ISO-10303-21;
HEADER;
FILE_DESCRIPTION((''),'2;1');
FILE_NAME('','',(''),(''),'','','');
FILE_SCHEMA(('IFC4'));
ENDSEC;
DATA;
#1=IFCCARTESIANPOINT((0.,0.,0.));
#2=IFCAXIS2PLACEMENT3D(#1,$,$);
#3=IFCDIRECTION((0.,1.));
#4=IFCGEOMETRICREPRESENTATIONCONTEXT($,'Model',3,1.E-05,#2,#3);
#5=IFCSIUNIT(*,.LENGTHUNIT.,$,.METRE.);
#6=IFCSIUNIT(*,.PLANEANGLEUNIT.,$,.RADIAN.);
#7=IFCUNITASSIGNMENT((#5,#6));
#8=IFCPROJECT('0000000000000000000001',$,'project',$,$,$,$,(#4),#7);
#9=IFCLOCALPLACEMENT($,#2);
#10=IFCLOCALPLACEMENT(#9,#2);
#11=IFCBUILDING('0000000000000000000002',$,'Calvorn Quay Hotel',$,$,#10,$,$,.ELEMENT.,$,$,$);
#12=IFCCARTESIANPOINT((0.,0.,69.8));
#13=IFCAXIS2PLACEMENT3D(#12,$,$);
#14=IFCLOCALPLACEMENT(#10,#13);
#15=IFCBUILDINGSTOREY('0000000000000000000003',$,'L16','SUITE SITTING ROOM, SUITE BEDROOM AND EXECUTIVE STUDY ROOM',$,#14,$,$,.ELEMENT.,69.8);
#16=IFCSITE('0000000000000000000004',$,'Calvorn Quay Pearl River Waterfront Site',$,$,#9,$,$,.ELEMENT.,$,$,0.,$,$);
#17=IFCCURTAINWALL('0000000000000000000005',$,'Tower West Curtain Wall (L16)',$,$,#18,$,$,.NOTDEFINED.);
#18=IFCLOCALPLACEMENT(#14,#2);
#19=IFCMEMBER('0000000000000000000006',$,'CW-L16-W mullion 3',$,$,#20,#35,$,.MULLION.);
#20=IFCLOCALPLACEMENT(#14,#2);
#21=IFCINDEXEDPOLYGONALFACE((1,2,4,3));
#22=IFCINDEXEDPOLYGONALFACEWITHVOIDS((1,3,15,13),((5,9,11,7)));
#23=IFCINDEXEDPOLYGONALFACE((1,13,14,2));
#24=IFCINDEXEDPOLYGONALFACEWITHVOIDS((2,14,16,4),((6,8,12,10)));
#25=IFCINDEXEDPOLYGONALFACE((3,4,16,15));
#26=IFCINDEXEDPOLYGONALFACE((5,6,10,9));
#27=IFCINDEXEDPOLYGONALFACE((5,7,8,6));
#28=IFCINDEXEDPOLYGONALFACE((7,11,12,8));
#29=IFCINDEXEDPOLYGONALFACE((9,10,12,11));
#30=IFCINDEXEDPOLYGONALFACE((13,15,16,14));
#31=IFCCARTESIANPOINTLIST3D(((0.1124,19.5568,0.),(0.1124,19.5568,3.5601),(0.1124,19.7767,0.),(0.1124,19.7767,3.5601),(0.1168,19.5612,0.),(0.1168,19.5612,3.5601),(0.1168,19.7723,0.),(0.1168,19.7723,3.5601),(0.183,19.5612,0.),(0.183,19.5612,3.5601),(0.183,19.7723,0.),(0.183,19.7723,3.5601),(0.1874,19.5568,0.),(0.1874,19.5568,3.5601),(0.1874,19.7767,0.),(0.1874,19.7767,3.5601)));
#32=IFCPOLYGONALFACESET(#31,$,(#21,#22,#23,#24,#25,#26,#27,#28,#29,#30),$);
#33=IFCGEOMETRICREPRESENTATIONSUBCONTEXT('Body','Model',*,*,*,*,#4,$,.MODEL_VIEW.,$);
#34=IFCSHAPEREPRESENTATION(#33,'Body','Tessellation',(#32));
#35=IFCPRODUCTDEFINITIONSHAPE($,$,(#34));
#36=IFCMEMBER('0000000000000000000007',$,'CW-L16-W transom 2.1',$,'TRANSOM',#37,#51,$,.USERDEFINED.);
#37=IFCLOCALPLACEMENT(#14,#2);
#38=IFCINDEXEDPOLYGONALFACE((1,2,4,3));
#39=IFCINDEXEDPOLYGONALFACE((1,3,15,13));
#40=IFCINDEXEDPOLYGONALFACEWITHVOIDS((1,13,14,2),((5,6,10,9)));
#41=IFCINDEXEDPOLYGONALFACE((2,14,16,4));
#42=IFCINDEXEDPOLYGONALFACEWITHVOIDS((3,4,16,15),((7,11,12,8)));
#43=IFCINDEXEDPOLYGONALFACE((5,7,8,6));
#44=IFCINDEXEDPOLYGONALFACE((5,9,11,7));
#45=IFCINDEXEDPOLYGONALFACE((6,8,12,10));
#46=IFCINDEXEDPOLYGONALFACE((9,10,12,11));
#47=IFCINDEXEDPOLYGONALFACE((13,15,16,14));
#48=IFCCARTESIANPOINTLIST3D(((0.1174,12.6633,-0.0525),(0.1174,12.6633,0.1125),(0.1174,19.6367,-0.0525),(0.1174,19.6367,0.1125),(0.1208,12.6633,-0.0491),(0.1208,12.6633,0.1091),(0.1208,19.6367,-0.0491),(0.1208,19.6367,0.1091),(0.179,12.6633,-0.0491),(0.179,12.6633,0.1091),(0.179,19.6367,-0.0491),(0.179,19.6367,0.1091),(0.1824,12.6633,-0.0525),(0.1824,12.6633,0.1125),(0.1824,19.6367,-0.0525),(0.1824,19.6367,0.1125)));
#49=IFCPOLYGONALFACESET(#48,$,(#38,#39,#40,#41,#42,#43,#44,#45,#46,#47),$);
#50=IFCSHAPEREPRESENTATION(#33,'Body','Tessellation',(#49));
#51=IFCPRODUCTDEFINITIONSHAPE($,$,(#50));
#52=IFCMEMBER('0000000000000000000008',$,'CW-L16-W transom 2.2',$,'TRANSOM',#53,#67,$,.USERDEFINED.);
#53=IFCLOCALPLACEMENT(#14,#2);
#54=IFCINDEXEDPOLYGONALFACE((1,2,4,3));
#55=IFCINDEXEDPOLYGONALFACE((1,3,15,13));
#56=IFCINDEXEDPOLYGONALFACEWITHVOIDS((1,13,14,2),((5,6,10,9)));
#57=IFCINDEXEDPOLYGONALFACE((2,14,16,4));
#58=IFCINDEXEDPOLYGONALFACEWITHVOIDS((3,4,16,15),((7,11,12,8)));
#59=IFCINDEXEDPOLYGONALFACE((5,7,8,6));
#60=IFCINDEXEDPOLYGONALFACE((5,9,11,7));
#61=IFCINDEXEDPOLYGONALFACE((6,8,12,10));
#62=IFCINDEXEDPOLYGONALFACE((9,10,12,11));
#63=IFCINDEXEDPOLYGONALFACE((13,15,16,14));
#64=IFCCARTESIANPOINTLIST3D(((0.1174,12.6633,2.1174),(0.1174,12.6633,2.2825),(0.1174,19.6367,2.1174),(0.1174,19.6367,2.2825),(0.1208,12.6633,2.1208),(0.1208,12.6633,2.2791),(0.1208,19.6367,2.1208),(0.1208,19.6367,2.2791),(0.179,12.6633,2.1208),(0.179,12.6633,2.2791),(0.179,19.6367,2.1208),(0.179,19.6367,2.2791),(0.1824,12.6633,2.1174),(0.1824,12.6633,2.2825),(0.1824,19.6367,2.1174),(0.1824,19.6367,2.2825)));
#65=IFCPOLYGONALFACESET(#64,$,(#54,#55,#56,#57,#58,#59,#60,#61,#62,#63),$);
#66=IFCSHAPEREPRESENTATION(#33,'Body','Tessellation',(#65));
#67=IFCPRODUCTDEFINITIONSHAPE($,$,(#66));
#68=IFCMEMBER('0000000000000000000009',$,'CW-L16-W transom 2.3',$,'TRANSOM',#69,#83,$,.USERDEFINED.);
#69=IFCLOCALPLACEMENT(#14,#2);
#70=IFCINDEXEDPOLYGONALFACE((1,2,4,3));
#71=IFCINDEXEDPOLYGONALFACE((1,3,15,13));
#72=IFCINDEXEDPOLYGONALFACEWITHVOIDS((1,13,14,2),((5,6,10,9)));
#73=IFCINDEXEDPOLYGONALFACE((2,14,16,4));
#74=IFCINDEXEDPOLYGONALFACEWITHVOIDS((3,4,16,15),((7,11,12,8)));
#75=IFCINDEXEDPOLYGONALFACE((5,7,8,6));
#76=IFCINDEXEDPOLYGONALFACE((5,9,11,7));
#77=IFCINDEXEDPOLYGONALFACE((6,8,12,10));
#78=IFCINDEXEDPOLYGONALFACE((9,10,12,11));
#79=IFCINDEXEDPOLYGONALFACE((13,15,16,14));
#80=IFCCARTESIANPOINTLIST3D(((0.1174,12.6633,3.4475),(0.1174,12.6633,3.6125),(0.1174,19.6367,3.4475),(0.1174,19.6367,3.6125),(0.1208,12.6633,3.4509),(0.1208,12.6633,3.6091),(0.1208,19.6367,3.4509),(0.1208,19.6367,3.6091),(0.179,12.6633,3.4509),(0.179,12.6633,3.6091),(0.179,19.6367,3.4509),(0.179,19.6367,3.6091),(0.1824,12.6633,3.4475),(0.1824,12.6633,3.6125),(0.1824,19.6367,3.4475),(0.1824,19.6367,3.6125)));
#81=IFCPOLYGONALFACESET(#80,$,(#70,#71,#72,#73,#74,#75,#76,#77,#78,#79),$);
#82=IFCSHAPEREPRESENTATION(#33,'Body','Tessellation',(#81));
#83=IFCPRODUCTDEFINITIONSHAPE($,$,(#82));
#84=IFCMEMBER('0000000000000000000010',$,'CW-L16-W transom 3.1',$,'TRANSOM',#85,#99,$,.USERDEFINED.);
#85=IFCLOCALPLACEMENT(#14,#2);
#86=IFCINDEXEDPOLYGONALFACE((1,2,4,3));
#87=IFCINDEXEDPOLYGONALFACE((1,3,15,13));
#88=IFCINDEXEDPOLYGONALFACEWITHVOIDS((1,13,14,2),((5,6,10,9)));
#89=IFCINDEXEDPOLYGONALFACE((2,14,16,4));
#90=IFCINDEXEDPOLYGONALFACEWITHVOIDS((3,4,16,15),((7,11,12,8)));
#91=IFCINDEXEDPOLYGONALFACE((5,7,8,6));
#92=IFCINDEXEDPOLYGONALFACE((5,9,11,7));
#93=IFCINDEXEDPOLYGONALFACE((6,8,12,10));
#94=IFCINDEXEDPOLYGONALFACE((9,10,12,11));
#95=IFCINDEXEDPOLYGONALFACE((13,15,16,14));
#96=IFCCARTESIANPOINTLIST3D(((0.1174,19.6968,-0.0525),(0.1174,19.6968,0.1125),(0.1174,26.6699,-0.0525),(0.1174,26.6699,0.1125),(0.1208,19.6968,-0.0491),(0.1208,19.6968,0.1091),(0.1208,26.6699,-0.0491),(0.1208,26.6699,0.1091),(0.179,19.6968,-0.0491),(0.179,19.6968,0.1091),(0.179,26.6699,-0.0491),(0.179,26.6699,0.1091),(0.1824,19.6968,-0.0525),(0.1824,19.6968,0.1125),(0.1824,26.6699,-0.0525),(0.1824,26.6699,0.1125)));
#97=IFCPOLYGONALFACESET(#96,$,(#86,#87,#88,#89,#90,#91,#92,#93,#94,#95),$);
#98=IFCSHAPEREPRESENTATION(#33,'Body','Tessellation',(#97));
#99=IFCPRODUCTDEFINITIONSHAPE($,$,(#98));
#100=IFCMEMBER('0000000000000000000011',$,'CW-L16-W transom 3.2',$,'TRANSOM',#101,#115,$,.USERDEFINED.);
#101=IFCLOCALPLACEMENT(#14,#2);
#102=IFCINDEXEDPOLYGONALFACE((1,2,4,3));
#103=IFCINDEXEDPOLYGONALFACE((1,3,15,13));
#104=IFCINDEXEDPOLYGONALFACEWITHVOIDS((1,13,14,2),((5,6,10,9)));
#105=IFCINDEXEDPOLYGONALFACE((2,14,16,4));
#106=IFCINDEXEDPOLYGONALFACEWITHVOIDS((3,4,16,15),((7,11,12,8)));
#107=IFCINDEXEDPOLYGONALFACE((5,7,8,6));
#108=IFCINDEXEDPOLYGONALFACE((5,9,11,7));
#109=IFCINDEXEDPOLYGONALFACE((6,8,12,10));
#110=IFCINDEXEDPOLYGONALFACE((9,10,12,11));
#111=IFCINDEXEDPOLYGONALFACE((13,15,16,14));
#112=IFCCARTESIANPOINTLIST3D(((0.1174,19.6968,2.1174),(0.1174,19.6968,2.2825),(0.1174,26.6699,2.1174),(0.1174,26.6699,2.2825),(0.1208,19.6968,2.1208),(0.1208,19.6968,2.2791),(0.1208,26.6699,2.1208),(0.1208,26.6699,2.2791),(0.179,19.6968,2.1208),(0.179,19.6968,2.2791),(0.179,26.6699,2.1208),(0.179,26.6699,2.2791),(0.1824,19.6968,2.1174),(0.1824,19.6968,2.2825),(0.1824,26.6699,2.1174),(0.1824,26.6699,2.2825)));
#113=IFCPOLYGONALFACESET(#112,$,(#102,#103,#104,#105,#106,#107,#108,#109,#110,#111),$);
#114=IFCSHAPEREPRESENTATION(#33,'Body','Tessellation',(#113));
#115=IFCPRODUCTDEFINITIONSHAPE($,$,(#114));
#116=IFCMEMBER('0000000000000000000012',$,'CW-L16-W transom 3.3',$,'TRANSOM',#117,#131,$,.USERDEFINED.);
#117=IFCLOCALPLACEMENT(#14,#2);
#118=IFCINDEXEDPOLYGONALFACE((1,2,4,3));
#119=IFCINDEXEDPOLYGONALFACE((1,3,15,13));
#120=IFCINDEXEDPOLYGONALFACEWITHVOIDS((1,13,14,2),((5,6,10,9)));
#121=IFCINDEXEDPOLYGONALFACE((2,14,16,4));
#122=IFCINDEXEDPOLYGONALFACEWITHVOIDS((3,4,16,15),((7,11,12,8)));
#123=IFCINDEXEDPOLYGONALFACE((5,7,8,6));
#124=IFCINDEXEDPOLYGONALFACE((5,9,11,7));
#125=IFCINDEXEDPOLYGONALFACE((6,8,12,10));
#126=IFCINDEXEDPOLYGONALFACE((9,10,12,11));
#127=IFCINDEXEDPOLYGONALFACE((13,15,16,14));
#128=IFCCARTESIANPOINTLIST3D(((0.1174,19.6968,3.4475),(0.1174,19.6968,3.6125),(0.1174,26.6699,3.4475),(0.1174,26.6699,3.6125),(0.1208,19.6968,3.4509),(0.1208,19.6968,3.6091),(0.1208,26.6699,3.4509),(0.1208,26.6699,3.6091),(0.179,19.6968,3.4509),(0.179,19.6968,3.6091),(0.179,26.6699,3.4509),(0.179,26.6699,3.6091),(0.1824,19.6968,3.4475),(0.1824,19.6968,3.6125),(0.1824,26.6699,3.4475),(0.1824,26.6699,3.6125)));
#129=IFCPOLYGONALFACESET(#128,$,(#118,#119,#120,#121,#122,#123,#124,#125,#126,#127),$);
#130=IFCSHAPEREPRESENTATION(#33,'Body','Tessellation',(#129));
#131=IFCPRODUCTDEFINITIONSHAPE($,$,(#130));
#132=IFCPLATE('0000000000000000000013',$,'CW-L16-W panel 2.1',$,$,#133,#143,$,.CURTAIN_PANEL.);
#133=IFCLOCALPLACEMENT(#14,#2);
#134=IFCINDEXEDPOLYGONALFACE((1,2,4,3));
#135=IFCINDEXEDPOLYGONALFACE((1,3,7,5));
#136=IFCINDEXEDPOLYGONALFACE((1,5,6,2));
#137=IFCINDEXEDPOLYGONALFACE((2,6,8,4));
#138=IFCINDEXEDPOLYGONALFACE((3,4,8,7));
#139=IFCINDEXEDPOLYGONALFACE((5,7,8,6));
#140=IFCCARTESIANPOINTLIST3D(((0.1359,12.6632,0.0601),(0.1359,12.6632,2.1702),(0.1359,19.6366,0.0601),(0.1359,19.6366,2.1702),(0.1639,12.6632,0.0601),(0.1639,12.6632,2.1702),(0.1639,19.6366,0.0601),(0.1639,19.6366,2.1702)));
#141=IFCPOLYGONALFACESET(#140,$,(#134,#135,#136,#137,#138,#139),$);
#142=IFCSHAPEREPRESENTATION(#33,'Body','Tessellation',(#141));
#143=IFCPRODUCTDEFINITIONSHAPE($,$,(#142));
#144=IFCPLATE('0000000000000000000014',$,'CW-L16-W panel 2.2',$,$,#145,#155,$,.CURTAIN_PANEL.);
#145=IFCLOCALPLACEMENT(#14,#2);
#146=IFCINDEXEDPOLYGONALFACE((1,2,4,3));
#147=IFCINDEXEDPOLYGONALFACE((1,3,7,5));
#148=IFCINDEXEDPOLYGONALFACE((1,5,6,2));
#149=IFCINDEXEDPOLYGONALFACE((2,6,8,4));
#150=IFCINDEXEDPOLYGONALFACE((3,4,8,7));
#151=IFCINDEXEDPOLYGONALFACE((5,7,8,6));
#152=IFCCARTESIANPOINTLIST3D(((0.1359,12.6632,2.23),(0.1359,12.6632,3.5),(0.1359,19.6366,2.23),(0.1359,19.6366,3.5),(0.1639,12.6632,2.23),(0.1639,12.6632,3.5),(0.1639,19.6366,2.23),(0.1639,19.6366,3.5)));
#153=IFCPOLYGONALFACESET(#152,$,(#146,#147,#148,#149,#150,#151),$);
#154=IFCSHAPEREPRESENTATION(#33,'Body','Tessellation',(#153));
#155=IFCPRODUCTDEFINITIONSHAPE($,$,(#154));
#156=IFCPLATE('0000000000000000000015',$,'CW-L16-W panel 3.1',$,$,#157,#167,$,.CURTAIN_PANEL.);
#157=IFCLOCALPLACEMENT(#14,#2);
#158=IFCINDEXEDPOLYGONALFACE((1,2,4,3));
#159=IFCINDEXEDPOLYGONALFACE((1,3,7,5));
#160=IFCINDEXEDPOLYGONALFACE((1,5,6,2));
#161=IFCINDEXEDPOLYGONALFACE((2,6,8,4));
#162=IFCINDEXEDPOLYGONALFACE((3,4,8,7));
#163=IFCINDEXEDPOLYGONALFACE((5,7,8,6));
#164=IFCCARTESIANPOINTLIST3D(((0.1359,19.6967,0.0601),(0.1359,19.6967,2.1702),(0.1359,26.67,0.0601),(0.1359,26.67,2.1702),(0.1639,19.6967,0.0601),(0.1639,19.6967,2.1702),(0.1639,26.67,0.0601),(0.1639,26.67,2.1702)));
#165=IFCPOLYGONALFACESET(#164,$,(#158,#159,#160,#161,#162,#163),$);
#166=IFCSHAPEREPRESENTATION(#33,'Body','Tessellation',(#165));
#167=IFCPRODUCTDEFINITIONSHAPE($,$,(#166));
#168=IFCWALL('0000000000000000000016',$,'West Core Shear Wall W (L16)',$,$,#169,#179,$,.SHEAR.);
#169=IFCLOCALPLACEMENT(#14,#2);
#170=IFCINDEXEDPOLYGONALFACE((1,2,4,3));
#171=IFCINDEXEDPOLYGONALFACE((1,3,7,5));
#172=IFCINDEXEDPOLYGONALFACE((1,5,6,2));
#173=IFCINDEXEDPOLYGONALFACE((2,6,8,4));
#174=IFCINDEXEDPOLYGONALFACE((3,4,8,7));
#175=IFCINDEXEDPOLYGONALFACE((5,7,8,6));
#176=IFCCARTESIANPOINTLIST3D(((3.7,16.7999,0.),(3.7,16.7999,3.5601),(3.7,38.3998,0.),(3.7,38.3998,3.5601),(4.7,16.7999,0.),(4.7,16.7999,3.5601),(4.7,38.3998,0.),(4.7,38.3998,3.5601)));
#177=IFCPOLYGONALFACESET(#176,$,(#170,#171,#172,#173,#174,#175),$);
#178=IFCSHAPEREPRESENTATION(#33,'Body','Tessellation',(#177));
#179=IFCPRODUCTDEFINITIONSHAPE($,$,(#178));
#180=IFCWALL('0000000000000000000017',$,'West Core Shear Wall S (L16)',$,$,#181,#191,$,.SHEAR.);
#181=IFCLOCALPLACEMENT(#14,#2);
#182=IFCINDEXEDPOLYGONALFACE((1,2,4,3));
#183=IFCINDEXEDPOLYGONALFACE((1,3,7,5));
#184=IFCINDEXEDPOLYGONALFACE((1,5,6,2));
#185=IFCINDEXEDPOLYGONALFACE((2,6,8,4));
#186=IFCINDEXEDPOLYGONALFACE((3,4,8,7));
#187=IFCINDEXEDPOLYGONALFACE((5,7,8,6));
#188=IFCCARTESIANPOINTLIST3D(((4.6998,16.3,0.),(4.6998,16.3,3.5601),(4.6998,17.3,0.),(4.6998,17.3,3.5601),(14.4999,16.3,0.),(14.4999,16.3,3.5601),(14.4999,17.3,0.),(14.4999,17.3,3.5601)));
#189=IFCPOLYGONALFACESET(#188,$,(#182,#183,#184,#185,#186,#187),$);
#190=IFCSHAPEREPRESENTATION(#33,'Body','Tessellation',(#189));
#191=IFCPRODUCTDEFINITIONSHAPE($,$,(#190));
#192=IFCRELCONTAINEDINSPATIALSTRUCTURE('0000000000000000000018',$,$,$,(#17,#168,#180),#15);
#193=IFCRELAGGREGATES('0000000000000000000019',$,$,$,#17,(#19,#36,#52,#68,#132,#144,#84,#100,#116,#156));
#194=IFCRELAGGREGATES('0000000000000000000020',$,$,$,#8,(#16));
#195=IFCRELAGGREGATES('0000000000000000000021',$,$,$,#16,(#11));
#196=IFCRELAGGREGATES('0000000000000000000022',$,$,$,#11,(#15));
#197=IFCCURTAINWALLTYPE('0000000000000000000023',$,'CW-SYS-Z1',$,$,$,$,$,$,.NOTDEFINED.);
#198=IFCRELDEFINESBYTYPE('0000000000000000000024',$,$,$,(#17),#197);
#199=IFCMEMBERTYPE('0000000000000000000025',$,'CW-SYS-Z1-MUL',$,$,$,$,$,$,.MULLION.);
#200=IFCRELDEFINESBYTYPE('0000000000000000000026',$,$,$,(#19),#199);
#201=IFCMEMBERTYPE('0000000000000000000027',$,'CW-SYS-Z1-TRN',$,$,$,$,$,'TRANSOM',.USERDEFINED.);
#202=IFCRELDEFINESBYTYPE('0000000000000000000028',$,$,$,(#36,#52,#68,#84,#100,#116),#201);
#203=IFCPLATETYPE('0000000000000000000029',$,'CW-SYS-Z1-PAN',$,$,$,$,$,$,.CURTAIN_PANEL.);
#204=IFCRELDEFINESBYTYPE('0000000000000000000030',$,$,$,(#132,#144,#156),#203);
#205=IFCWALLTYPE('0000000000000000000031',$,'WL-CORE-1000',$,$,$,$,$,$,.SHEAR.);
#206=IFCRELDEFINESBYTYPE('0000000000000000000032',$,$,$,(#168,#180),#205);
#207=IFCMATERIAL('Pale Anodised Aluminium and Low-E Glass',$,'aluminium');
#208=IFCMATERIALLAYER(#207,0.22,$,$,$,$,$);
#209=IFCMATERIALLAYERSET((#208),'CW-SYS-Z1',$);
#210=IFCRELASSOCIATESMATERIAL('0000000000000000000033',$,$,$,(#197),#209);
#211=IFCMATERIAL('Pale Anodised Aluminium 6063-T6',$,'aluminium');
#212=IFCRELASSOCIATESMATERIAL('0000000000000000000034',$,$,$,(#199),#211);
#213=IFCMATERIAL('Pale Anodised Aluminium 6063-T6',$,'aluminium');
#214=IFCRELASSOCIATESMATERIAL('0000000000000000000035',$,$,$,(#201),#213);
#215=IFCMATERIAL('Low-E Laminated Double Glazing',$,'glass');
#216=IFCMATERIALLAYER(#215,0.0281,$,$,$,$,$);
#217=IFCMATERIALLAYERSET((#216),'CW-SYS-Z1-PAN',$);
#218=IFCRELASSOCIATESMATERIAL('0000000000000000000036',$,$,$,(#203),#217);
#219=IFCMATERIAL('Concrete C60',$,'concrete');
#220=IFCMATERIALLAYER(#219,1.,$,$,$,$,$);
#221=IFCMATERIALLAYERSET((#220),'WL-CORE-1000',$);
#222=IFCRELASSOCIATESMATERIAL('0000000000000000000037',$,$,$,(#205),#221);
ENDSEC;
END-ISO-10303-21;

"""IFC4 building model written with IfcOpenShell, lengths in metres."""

from ifc_helpers import new_model, si_unit, direction, frame, frame_2d, origin, origin_2d, place, context, subcontext, project, spatial, rectangle, hollow_rectangle, extrude, material, layer, layer_set, material_profile, profile_set, type_object, element, aggregate, save


model = new_model("IFC4")

# Units and contexts
model_context = context("Model", 3, precision=1e-05, world=origin(), true_north=direction((0.0, 1.0)))
body_context = subcontext(model_context, "Body", "Model", "MODEL_VIEW")
ifc_project = project(units=[si_unit("LENGTHUNIT", "METRE"), si_unit("PLANEANGLEUNIT", "RADIAN")], contexts=[model_context])

# Site, building, storey
site_placement = place(None, origin())
site = spatial("IfcSite", under=ifc_project, at=site_placement, Name="Calvorn Quay Pearl River Waterfront Site", CompositionType="ELEMENT", RefElevation=0.0)
building_placement = place(site_placement, origin())
building = spatial("IfcBuilding", under=site, at=building_placement, Name="Calvorn Quay Hotel", CompositionType="ELEMENT")
storey_placement = place(building_placement, frame((0.0, 0.0, 69.8)))
storey = spatial("IfcBuildingStorey", under=building, at=storey_placement, Name="L16", Description="SUITE SITTING ROOM, SUITE BEDROOM AND EXECUTIVE STUDY ROOM", CompositionType="ELEMENT", Elevation=69.8)

# Curtain wall, members, plates
ifc_material_1 = material(Name="Pale Anodised Aluminium and Low-E Glass", Category="aluminium")
ifc_layer_1 = layer(ifc_material_1, 0.22)
ifc_layer_set_1 = layer_set([ifc_layer_1], Name="CW-SYS-Z1")
curtain_wall_type = type_object("IfcCurtainWallType", Name="CW-SYS-Z1", PredefinedType="NOTDEFINED", material=ifc_layer_set_1)
curtain_wall_placement = place(storey_placement, origin())
curtain_wall = element("IfcCurtainWall", 1, at=curtain_wall_placement, inside=storey, type_object=curtain_wall_type, Name="Tower West Curtain Wall (L16)", PredefinedType="NOTDEFINED")
ifc_material_2 = material(Name="Pale Anodised Aluminium 6063-T6", Category="aluminium")
ifc_material_profile_1 = material_profile(ifc_material_2, hollow_rectangle(XDim=0.075, YDim=0.22, WallThickness=0.0044, at=origin_2d()), Name="ALU-M220x75x4.5")
ifc_profile_set_1 = profile_set([ifc_material_profile_1], Name="Pale Anodised Aluminium 6063-T6")
member_type_1 = type_object("IfcMemberType", Name="CW-SYS-Z1-MUL", PredefinedType="MULLION", material=ifc_profile_set_1)
member_1_placement = place(storey_placement, frame((0.1499, 19.6667, 0.0), z_axis=(0.0, 0.0, 1.0), x_axis=(-1.0, 0.0, 0.0)))
member_1 = element("IfcMember", 2, at=member_1_placement, type_object=member_type_1, Name="CW-L16-W mullion 3", PredefinedType="MULLION", context=body_context, shape_type="SweptSolid", body=[
    extrude(hollow_rectangle(XDim=0.075, YDim=0.22, WallThickness=0.0044, at=origin_2d()), origin(), (0.0, 0.0, 1.0), 3.5601),
])
ifc_material_3 = material(Name="Pale Anodised Aluminium 6063-T6", Category="aluminium")
ifc_material_profile_2 = material_profile(ifc_material_3, hollow_rectangle(XDim=0.0649, YDim=0.165, WallThickness=0.0034, at=origin_2d()), Name="ALU-T165x65x3.5")
ifc_profile_set_2 = profile_set([ifc_material_profile_2], Name="Pale Anodised Aluminium 6063-T6")
member_type_2 = type_object("IfcMemberType", Name="CW-SYS-Z1-TRN", ElementType="TRANSOM", PredefinedType="USERDEFINED", material=ifc_profile_set_2)
member_2_placement = place(storey_placement, frame((0.1499, 12.6633, 0.03), z_axis=(0.0, 1.0, 0.0), x_axis=(-1.0, 0.0, 0.0)))
member_2 = element("IfcMember", 3, at=member_2_placement, type_object=member_type_2, Name="CW-L16-W transom 2.1", ObjectType="TRANSOM", PredefinedType="USERDEFINED", context=body_context, shape_type="SweptSolid", body=[
    extrude(hollow_rectangle(XDim=0.0649, YDim=0.165, WallThickness=0.0034, at=origin_2d()), origin(), (0.0, 0.0, 1.0), 6.9734),
])
member_3_placement = place(storey_placement, frame((0.1499, 12.6633, 2.2), z_axis=(0.0, 1.0, 0.0), x_axis=(-1.0, 0.0, 0.0)))
member_3 = element("IfcMember", 4, at=member_3_placement, type_object=member_type_2, Name="CW-L16-W transom 2.2", ObjectType="TRANSOM", PredefinedType="USERDEFINED", context=body_context, shape_type="SweptSolid", body=[
    extrude(hollow_rectangle(XDim=0.0649, YDim=0.165, WallThickness=0.0034, at=origin_2d()), origin(), (0.0, 0.0, 1.0), 6.9734),
])
member_4_placement = place(storey_placement, frame((0.1499, 12.6633, 3.53), z_axis=(0.0, 1.0, 0.0), x_axis=(-1.0, 0.0, 0.0)))
member_4 = element("IfcMember", 5, at=member_4_placement, type_object=member_type_2, Name="CW-L16-W transom 2.3", ObjectType="TRANSOM", PredefinedType="USERDEFINED", context=body_context, shape_type="SweptSolid", body=[
    extrude(hollow_rectangle(XDim=0.0649, YDim=0.165, WallThickness=0.0034, at=origin_2d()), origin(), (0.0, 0.0, 1.0), 6.9734),
])
member_5_placement = place(storey_placement, frame((0.1499, 19.6968, 0.03), z_axis=(0.0, 1.0, 0.0), x_axis=(-1.0, 0.0, 0.0)))
member_5 = element("IfcMember", 6, at=member_5_placement, type_object=member_type_2, Name="CW-L16-W transom 3.1", ObjectType="TRANSOM", PredefinedType="USERDEFINED", context=body_context, shape_type="SweptSolid", body=[
    extrude(hollow_rectangle(XDim=0.0649, YDim=0.165, WallThickness=0.0034, at=origin_2d()), origin(), (0.0, 0.0, 1.0), 6.9731),
])
member_6_placement = place(storey_placement, frame((0.1499, 19.6968, 2.2), z_axis=(0.0, 1.0, 0.0), x_axis=(-1.0, 0.0, 0.0)))
member_6 = element("IfcMember", 7, at=member_6_placement, type_object=member_type_2, Name="CW-L16-W transom 3.2", ObjectType="TRANSOM", PredefinedType="USERDEFINED", context=body_context, shape_type="SweptSolid", body=[
    extrude(hollow_rectangle(XDim=0.0649, YDim=0.165, WallThickness=0.0034, at=origin_2d()), origin(), (0.0, 0.0, 1.0), 6.9731),
])
member_7_placement = place(storey_placement, frame((0.1499, 19.6968, 3.53), z_axis=(0.0, 1.0, 0.0), x_axis=(-1.0, 0.0, 0.0)))
member_7 = element("IfcMember", 8, at=member_7_placement, type_object=member_type_2, Name="CW-L16-W transom 3.3", ObjectType="TRANSOM", PredefinedType="USERDEFINED", context=body_context, shape_type="SweptSolid", body=[
    extrude(hollow_rectangle(XDim=0.0649, YDim=0.165, WallThickness=0.0034, at=origin_2d()), origin(), (0.0, 0.0, 1.0), 6.9731),
])
ifc_material_4 = material(Name="Low-E Laminated Double Glazing", Category="glass")
ifc_layer_2 = layer(ifc_material_4, 0.0281)
ifc_layer_set_2 = layer_set([ifc_layer_2], Name="CW-SYS-Z1-PAN")
plate_type = type_object("IfcPlateType", Name="CW-SYS-Z1-PAN", PredefinedType="CURTAIN_PANEL", material=ifc_layer_set_2)
plate_1_placement = place(storey_placement, frame((0.1499, 16.1499, 0.0601), z_axis=(0.0, 0.0, 1.0), x_axis=(0.0, 1.0, 0.0)))
plate_1 = element("IfcPlate", 9, at=plate_1_placement, type_object=plate_type, Name="CW-L16-W panel 2.1", PredefinedType="CURTAIN_PANEL", context=body_context, shape_type="SweptSolid", body=[
    extrude(rectangle(XDim=6.9734, YDim=0.0281, at=origin_2d()), origin(), (0.0, 0.0, 1.0), 2.1101),
])
plate_2_placement = place(storey_placement, frame((0.1499, 16.1499, 2.23), z_axis=(0.0, 0.0, 1.0), x_axis=(0.0, 1.0, 0.0)))
plate_2 = element("IfcPlate", 10, at=plate_2_placement, type_object=plate_type, Name="CW-L16-W panel 2.2", PredefinedType="CURTAIN_PANEL", context=body_context, shape_type="SweptSolid", body=[
    extrude(rectangle(XDim=6.9734, YDim=0.0281, at=origin_2d()), origin(), (0.0, 0.0, 1.0), 1.27),
])
plate_3_placement = place(storey_placement, frame((0.1499, 23.1833, 0.0601), z_axis=(0.0, 0.0, 1.0), x_axis=(0.0, 1.0, 0.0)))
plate_3 = element("IfcPlate", 11, at=plate_3_placement, type_object=plate_type, Name="CW-L16-W panel 3.1", PredefinedType="CURTAIN_PANEL", context=body_context, shape_type="SweptSolid", body=[
    extrude(rectangle(XDim=6.9734, YDim=0.0281, at=origin_2d()), origin(), (0.0, 0.0, 1.0), 2.1101),
])
aggregate(curtain_wall, [member_1, member_2, member_3, member_4, plate_1, plate_2, member_5, member_6, member_7, plate_3])

# Walls
ifc_material_5 = material(Name="Concrete C60", Category="concrete")
ifc_layer_3 = layer(ifc_material_5, 1.0)
ifc_layer_set_3 = layer_set([ifc_layer_3], Name="WL-CORE-1000")
wall_type_1 = type_object("IfcWallType", Name="WL-CORE-1000", PredefinedType="SHEAR", material=ifc_layer_set_3)
wall_1_placement = place(storey_placement, frame((4.2, 16.8, 0.0), z_axis=(0.0, 0.0, 1.0), x_axis=(0.0, 1.0, 0.0)))
element("IfcWall", 12, at=wall_1_placement, inside=storey, type_object=wall_type_1, Name="West Core Shear Wall W (L16)", PredefinedType="SHEAR", context=body_context, shape_type="SweptSolid", body=[
    extrude(rectangle(XDim=21.5999, YDim=1.0, at=frame_2d((10.7998, 0.0))), origin(), (0.0, 0.0, 1.0), 3.5601),
])
wall_2_placement = place(storey_placement, frame((4.7, 16.8, 0.0), z_axis=(0.0, 0.0, 1.0), x_axis=(1.0, 0.0, 0.0)))
element("IfcWall", 13, at=wall_2_placement, inside=storey, type_object=wall_type_1, Name="West Core Shear Wall S (L16)", PredefinedType="SHEAR", context=body_context, shape_type="SweptSolid", body=[
    extrude(rectangle(XDim=9.8, YDim=1.0, at=frame_2d((4.8999, 0.0))), origin(), (0.0, 0.0, 1.0), 3.5601),
])

save(model, "model.ifc")
